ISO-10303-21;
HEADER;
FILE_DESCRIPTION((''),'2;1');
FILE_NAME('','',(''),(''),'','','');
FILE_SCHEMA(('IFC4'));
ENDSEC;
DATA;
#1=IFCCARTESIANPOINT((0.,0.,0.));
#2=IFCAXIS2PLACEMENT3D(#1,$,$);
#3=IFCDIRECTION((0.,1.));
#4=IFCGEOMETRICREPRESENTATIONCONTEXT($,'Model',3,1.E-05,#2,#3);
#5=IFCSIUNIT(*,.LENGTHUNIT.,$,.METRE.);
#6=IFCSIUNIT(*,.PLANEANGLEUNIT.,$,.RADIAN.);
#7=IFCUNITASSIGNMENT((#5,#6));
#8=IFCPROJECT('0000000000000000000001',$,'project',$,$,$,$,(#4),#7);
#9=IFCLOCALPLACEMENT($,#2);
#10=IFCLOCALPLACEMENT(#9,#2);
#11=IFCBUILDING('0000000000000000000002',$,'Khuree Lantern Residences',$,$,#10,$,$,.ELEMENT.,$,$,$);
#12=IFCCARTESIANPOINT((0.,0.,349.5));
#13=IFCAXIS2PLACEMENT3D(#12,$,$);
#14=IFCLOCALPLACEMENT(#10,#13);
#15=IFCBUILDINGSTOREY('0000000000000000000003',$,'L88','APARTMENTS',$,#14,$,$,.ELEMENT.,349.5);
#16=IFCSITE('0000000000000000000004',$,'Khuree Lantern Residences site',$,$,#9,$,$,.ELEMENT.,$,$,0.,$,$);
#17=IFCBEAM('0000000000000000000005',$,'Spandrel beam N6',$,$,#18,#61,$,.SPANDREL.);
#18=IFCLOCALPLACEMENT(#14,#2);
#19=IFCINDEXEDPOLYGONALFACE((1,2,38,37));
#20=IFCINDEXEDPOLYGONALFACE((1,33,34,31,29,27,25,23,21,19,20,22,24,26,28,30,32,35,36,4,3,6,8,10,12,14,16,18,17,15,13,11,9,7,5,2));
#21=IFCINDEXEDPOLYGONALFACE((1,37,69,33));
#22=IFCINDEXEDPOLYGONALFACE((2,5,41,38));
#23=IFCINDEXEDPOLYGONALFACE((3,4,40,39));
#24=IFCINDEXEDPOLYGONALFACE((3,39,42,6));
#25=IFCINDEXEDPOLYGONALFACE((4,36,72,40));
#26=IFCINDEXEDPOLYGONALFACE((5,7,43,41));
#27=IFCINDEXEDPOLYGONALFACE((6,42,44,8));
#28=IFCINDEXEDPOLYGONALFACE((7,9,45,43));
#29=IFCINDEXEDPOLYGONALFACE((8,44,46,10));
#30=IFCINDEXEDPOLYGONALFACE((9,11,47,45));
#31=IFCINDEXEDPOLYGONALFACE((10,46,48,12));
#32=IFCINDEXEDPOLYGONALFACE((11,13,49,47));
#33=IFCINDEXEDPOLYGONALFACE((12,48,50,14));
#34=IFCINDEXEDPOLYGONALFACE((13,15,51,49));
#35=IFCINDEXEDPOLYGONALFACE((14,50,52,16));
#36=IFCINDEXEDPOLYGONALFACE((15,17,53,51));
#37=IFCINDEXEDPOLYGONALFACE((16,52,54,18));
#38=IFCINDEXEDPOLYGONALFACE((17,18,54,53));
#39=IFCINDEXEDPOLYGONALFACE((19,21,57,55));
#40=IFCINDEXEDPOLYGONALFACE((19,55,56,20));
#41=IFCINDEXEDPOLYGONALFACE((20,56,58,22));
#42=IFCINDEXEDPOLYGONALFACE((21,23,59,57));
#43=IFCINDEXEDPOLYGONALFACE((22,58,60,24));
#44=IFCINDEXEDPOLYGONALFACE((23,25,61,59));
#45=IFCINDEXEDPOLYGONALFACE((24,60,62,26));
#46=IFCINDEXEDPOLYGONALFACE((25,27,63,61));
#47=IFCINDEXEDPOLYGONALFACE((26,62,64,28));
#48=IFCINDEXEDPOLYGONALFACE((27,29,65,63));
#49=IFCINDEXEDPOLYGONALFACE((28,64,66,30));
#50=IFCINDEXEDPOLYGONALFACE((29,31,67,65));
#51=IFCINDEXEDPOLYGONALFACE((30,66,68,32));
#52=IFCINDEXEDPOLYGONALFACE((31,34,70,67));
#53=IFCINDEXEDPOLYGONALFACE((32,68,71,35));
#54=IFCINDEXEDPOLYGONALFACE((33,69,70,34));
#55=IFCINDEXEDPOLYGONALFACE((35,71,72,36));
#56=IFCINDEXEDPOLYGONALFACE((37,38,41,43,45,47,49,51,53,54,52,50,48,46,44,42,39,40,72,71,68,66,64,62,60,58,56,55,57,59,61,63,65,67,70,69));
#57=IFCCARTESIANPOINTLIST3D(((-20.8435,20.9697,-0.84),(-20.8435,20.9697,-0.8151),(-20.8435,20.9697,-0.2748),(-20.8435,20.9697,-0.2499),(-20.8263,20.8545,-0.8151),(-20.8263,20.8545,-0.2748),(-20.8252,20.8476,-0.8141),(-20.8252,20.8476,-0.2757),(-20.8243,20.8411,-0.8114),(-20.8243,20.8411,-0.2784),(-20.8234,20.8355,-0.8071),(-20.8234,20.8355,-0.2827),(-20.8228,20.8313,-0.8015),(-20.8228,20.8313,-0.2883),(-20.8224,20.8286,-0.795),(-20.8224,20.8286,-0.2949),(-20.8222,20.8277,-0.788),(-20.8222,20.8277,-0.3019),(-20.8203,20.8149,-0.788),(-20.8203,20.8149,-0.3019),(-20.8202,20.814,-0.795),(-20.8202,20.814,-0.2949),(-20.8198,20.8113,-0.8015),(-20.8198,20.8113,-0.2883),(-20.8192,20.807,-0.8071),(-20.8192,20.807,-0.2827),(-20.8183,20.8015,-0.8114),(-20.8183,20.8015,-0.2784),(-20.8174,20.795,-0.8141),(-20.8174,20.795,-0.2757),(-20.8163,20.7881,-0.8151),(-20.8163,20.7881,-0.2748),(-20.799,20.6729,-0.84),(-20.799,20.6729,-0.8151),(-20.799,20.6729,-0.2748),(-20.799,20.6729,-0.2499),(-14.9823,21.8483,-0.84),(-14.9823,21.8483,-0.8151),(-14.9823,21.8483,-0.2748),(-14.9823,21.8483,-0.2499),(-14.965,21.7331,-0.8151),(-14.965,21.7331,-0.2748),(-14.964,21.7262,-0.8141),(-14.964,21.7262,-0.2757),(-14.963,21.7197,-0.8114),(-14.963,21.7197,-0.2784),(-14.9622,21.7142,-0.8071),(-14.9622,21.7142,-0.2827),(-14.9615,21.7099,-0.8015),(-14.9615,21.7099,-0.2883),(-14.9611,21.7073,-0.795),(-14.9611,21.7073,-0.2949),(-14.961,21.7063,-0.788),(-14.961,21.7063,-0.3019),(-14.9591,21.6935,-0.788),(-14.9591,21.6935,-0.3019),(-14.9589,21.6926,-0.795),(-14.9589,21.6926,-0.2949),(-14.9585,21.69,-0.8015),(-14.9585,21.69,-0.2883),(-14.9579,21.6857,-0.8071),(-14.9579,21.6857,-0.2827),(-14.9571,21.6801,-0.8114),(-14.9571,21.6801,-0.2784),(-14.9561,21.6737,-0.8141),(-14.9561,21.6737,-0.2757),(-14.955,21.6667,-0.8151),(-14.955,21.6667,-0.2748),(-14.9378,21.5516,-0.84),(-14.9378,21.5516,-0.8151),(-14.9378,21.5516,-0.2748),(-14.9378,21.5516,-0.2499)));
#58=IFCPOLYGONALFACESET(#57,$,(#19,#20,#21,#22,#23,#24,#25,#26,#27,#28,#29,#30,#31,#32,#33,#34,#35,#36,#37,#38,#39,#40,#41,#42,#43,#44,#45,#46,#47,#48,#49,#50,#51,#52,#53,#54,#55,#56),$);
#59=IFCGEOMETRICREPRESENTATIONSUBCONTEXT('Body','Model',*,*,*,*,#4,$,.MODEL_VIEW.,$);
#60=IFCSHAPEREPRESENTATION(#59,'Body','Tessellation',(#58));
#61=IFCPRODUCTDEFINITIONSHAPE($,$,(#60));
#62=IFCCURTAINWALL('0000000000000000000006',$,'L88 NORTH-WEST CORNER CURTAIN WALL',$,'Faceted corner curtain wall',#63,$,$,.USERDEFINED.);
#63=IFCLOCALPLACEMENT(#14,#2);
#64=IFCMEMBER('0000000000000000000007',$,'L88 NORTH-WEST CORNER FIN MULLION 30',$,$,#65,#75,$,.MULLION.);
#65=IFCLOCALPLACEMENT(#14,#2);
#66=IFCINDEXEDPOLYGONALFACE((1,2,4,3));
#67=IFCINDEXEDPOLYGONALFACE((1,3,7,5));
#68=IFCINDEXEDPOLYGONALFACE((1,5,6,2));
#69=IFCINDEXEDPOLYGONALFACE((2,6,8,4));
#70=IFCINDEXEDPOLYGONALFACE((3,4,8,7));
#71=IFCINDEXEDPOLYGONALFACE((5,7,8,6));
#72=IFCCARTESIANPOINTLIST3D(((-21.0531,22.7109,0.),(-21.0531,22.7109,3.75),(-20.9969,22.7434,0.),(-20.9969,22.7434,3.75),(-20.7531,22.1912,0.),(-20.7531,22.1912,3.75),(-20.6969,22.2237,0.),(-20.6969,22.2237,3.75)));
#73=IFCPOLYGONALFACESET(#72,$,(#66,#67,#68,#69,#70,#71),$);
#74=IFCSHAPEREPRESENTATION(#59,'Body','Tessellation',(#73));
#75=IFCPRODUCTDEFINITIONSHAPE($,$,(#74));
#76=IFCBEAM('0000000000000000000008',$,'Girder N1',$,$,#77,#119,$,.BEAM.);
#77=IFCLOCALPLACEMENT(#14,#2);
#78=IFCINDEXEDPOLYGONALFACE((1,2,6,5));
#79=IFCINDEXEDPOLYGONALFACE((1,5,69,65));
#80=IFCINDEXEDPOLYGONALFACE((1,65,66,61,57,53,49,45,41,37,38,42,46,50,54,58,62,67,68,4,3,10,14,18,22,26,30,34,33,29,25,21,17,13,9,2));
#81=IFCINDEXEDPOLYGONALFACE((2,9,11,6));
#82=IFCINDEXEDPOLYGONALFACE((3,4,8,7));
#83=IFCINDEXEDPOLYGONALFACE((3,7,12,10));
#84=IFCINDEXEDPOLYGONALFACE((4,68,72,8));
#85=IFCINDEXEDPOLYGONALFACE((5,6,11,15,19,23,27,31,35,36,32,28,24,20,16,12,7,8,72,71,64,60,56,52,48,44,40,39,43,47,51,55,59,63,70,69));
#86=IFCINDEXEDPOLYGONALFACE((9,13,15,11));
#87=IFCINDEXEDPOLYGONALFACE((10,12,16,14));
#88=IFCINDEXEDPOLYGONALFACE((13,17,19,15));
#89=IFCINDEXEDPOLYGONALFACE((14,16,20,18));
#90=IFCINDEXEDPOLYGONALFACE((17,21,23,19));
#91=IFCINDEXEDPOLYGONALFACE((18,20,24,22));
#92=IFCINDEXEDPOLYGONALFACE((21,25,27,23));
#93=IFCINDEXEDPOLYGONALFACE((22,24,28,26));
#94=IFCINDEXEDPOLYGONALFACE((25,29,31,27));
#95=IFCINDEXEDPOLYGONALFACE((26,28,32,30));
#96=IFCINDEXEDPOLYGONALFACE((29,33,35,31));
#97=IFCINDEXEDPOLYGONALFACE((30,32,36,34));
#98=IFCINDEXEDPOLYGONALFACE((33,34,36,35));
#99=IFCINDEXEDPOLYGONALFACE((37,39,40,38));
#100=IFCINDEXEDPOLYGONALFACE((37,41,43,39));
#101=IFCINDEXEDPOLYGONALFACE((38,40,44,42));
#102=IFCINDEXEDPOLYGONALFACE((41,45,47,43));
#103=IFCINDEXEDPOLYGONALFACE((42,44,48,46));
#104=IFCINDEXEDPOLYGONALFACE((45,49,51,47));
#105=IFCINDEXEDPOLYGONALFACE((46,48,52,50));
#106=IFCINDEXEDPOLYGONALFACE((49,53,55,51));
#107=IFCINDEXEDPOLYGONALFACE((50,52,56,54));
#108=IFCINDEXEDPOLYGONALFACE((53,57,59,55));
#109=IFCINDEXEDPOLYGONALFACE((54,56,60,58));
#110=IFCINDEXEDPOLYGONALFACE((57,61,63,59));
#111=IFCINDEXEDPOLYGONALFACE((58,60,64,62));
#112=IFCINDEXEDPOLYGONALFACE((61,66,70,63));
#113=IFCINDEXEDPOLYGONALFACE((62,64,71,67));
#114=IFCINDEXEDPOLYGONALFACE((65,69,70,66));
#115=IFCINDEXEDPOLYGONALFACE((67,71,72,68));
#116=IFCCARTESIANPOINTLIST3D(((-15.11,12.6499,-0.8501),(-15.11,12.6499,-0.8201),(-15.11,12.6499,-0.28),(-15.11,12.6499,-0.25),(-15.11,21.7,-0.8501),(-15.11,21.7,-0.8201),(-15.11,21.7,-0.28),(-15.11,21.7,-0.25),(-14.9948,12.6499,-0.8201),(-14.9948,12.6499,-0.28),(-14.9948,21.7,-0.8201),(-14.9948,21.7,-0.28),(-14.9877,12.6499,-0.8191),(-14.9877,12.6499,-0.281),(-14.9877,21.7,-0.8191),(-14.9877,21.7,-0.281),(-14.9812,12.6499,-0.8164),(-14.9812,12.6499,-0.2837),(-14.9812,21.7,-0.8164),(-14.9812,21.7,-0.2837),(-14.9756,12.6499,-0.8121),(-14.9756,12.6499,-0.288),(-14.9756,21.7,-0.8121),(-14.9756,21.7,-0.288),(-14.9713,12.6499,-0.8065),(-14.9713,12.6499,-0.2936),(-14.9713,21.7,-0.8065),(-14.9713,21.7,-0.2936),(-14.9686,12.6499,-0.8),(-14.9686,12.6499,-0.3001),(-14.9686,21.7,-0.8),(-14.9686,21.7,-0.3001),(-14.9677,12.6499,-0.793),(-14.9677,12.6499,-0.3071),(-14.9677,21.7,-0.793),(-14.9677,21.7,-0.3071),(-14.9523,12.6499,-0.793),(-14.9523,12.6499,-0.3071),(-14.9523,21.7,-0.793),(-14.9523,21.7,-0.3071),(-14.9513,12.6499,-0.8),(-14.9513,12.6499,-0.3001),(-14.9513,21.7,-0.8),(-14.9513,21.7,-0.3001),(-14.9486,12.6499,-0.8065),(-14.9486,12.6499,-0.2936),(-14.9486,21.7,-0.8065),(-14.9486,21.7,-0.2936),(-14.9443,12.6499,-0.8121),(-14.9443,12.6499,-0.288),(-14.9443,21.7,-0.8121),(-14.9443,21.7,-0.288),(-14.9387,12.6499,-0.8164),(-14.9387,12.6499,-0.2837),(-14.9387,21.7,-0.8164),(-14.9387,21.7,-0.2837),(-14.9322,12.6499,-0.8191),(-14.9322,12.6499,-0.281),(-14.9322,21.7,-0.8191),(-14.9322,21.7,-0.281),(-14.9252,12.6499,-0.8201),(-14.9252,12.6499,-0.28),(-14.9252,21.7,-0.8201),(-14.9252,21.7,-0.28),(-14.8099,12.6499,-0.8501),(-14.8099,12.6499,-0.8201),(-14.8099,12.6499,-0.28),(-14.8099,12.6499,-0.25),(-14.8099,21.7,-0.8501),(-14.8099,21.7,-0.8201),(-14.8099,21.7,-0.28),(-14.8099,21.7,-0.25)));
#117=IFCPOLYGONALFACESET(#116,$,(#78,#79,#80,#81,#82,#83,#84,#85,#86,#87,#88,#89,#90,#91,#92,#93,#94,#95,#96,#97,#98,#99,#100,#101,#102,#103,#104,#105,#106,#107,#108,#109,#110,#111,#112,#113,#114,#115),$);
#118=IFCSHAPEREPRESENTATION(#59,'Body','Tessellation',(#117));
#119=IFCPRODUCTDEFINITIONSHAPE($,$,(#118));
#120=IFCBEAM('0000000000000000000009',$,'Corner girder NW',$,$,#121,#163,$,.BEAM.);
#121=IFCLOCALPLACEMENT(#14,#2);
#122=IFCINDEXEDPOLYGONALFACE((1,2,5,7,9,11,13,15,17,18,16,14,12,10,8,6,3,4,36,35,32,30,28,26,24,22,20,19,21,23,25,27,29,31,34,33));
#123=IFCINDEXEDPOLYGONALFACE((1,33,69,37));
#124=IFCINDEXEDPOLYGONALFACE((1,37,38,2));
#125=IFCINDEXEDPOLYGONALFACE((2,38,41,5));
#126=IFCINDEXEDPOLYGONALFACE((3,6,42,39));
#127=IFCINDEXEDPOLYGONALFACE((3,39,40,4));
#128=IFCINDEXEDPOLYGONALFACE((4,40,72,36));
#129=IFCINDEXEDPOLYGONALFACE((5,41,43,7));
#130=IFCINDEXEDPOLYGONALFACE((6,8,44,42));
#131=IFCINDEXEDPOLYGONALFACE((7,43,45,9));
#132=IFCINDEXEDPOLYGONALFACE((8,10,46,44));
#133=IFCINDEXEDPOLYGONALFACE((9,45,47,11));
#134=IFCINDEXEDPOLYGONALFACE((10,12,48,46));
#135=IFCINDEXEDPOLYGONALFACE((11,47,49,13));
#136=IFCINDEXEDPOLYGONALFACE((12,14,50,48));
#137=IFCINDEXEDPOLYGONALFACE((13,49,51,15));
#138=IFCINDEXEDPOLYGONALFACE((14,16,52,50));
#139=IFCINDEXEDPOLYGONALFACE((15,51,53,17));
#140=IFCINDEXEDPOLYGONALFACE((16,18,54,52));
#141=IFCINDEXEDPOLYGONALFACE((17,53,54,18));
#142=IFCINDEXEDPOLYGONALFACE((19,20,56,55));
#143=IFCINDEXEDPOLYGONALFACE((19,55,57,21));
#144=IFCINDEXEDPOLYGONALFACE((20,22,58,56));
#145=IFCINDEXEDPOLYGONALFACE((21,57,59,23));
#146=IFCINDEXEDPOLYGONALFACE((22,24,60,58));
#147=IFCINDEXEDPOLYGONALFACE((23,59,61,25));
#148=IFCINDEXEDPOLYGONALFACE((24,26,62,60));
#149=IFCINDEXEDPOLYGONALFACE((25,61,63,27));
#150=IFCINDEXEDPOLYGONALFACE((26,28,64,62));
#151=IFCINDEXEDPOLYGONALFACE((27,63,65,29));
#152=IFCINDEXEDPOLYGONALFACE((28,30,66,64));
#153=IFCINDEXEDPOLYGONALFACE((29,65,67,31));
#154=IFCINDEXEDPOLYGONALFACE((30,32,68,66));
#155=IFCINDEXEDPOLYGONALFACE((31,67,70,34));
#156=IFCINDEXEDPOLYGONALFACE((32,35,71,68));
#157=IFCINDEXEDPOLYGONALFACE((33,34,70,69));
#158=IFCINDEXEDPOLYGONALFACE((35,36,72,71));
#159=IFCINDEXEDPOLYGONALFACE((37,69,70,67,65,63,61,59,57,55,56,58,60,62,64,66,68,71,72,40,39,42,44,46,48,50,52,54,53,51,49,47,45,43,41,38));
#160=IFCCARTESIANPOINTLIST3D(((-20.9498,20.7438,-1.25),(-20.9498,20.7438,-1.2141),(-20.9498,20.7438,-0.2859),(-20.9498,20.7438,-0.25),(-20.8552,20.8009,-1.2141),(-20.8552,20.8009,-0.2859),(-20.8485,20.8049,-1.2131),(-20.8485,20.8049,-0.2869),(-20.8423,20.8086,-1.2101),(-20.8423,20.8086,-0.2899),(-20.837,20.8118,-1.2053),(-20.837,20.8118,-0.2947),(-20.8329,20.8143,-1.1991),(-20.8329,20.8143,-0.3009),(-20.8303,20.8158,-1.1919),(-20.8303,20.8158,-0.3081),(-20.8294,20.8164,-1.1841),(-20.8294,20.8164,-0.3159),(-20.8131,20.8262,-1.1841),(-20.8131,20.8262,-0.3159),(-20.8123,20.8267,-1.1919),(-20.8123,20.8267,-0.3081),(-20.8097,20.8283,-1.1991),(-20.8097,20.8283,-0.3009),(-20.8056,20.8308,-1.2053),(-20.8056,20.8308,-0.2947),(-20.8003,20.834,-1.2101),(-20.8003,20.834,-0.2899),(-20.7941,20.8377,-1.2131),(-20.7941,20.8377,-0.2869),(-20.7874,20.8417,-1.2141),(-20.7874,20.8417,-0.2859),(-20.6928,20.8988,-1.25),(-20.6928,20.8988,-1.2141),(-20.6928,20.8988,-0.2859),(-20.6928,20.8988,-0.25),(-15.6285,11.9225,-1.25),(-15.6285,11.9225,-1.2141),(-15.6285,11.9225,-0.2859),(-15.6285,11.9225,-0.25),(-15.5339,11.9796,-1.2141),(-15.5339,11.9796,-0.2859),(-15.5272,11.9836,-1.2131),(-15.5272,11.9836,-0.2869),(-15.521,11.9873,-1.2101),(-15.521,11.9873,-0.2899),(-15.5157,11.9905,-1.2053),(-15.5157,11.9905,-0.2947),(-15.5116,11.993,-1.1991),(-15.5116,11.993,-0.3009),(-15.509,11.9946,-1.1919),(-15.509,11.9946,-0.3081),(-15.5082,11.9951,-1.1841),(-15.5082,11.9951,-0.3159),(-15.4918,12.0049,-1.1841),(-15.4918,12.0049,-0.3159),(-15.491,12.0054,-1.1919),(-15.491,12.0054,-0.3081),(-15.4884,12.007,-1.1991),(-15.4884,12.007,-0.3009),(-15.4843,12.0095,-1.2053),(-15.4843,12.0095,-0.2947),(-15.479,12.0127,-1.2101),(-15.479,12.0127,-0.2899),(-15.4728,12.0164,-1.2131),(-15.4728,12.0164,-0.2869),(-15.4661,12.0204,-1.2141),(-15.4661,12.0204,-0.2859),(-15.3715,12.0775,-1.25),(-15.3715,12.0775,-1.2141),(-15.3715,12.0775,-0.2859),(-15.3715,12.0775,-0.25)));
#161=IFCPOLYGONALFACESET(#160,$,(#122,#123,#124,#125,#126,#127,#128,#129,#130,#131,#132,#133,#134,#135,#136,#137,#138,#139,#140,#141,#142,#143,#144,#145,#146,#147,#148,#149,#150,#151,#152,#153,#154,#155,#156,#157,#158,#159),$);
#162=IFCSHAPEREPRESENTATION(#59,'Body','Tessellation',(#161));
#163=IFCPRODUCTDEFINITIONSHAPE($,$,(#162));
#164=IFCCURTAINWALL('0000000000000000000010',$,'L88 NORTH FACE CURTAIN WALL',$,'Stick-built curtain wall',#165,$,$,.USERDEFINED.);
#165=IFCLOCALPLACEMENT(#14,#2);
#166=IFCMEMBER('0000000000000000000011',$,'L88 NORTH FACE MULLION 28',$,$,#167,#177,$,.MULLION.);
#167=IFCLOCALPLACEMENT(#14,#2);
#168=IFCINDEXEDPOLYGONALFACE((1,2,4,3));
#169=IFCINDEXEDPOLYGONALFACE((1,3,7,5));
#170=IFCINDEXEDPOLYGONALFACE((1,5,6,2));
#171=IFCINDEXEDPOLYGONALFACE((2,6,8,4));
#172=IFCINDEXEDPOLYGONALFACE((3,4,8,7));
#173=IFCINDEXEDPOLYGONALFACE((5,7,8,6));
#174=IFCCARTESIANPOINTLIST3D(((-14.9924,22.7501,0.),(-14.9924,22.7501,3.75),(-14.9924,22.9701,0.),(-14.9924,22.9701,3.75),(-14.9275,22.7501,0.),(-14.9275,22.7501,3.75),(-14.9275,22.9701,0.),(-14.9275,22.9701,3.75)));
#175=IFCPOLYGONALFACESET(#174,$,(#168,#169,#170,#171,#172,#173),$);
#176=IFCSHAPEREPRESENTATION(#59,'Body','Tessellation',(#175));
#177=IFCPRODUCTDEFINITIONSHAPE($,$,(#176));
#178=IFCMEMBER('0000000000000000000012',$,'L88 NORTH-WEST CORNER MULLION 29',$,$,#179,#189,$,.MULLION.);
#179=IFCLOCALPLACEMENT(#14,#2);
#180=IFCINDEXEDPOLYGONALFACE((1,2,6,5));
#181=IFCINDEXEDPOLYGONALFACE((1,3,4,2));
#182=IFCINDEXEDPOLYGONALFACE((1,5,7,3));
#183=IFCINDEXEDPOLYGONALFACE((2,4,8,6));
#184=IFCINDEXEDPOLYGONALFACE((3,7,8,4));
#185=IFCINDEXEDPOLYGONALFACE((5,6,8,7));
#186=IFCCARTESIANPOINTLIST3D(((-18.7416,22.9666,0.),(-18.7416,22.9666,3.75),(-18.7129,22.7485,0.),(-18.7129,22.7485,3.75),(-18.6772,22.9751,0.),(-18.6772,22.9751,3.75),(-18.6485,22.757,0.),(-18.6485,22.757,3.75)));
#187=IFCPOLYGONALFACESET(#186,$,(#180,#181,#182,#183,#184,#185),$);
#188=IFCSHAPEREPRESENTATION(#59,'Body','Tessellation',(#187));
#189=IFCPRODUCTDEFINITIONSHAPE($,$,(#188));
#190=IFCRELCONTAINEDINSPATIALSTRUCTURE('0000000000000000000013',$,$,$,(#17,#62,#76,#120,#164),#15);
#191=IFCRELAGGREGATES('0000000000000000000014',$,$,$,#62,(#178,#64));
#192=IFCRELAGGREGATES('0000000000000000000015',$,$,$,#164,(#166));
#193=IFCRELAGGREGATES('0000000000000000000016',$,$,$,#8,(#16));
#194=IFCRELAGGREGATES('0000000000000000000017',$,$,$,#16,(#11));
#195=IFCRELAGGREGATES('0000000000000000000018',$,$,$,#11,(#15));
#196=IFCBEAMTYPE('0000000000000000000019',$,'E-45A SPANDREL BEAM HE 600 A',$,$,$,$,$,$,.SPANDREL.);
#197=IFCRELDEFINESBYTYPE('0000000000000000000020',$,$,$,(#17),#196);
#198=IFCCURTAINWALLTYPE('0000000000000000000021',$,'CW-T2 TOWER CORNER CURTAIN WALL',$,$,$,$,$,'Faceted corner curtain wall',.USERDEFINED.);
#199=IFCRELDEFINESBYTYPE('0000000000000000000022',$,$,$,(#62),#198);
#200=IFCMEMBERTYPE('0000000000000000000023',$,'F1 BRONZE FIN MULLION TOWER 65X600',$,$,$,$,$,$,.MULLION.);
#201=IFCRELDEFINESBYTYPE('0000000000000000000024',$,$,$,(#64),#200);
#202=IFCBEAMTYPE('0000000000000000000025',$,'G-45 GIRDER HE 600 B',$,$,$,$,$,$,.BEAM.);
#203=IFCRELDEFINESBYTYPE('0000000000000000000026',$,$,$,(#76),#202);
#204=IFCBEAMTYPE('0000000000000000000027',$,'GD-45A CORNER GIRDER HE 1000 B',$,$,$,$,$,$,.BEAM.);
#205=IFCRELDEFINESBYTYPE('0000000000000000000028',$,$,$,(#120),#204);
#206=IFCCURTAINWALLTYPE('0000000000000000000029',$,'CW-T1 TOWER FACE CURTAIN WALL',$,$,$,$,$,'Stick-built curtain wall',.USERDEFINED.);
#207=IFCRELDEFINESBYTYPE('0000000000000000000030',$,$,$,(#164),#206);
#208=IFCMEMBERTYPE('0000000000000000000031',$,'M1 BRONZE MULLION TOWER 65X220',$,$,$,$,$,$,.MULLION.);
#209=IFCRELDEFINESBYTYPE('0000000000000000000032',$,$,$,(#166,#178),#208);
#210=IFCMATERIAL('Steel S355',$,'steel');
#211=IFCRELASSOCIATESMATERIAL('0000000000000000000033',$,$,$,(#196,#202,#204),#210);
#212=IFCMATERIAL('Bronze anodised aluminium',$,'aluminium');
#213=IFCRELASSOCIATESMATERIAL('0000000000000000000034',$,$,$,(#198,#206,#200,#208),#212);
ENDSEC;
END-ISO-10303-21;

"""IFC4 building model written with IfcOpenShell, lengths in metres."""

from ifc_helpers import new_model, si_unit, direction, frame, origin, origin_2d, place, context, subcontext, project, spatial, rectangle, i_section, extrude, material, material_profile, profile_set, type_object, element, aggregate, save


model = new_model("IFC4")

# Units and contexts
model_context = context("Model", 3, precision=1e-05, world=origin(), true_north=direction((0.0, 1.0)))
body_context = subcontext(model_context, "Body", "Model", "MODEL_VIEW")
ifc_project = project(units=[si_unit("LENGTHUNIT", "METRE"), si_unit("PLANEANGLEUNIT", "RADIAN")], contexts=[model_context])

# Site, building, storey
site_placement = place(None, origin())
site = spatial("IfcSite", under=ifc_project, at=site_placement, Name="Khuree Lantern Residences site", CompositionType="ELEMENT", RefElevation=0.0)
building_placement = place(site_placement, origin())
building = spatial("IfcBuilding", under=site, at=building_placement, Name="Khuree Lantern Residences", CompositionType="ELEMENT")
storey_placement = place(building_placement, frame((0.0, 0.0, 349.5)))
storey = spatial("IfcBuildingStorey", under=building, at=storey_placement, Name="L88", Description="APARTMENTS", CompositionType="ELEMENT", Elevation=349.5)

# Beam
ifc_material_1 = material(Name="Steel S355", Category="steel")
ifc_material_profile_1 = material_profile(ifc_material_1, i_section(OverallWidth=0.3, OverallDepth=0.5901, WebThickness=0.0129, FlangeThickness=0.0249, FilletRadius=0.0271, at=origin_2d()), Name="HE 600 A")
ifc_profile_set_1 = profile_set([ifc_material_profile_1], Name="Steel S355")
beam_type_1 = type_object("IfcBeamType", Name="E-45A SPANDREL BEAM HE 600 A", PredefinedType="SPANDREL", material=ifc_profile_set_1)
beam_1_placement = place(storey_placement, frame((-20.8213, 20.8213, -0.5449), z_axis=(0.98895, 0.148252, 0.0), x_axis=(-0.148252, 0.98895, 0.0)))
element("IfcBeam", 1, at=beam_1_placement, inside=storey, type_object=beam_type_1, Name="Spandrel beam N6", PredefinedType="SPANDREL", context=body_context, shape_type="SweptSolid", body=[
    extrude(i_section(OverallWidth=0.3, OverallDepth=0.5901, WebThickness=0.0129, FlangeThickness=0.0249, FilletRadius=0.0271, at=origin_2d()), origin(), (0.0, 0.0, 1.0), 5.9268),
])

# Curtain wall, member
ifc_material_2 = material(Name="Bronze anodised aluminium", Category="aluminium")
curtain_wall_type_1 = type_object("IfcCurtainWallType", Name="CW-T2 TOWER CORNER CURTAIN WALL", ElementType="Faceted corner curtain wall", PredefinedType="USERDEFINED", material=ifc_material_2)
curtain_wall_1_placement = place(storey_placement, origin())
curtain_wall_1 = element("IfcCurtainWall", 2, at=curtain_wall_1_placement, inside=storey, type_object=curtain_wall_type_1, Name="L88 NORTH-WEST CORNER CURTAIN WALL", ObjectType="Faceted corner curtain wall", PredefinedType="USERDEFINED")
ifc_material_profile_2 = material_profile(ifc_material_2, rectangle(XDim=0.0649, YDim=0.6001, at=origin_2d()), Name="F1 65X600")
ifc_profile_set_2 = profile_set([ifc_material_profile_2], Name="Bronze anodised aluminium")
member_type_1 = type_object("IfcMemberType", Name="F1 BRONZE FIN MULLION TOWER 65X600", PredefinedType="MULLION", material=ifc_profile_set_2)
member_1_placement = place(storey_placement, frame((-20.875, 22.4673, 0.0), z_axis=(0.0, 0.0, 1.0), x_axis=(-0.866025, -0.5, 0.0)))
member_1 = element("IfcMember", 3, at=member_1_placement, type_object=member_type_1, Name="L88 NORTH-WEST CORNER FIN MULLION 30", PredefinedType="MULLION", context=body_context, shape_type="SweptSolid", body=[
    extrude(rectangle(XDim=0.0649, YDim=0.6001, at=origin_2d()), origin(), (0.0, 0.0, 1.0), 3.75),
])

# Beams
ifc_material_profile_3 = material_profile(ifc_material_1, i_section(OverallWidth=0.3, OverallDepth=0.6001, WebThickness=0.0154, FlangeThickness=0.03, FilletRadius=0.0271, at=origin_2d()), Name="HE 600 B")
ifc_profile_set_3 = profile_set([ifc_material_profile_3], Name="Steel S355")
beam_type_2 = type_object("IfcBeamType", Name="G-45 GIRDER HE 600 B", PredefinedType="BEAM", material=ifc_profile_set_3)
beam_2_placement = place(storey_placement, frame((-14.96, 21.7, -0.55), z_axis=(0.0, -1.0, 0.0), x_axis=(1.0, 0.0, 0.0)))
element("IfcBeam", 4, at=beam_2_placement, inside=storey, type_object=beam_type_2, Name="Girder N1", PredefinedType="BEAM", context=body_context, shape_type="SweptSolid", body=[
    extrude(i_section(OverallWidth=0.3, OverallDepth=0.6001, WebThickness=0.0154, FlangeThickness=0.03, FilletRadius=0.0271, at=origin_2d()), origin(), (0.0, 0.0, 1.0), 9.05),
])
ifc_material_profile_4 = material_profile(ifc_material_1, i_section(OverallWidth=0.3, OverallDepth=1.0, WebThickness=0.019, FlangeThickness=0.0359, FilletRadius=0.03, at=origin_2d()), Name="HE 1000 B")
ifc_profile_set_4 = profile_set([ifc_material_profile_4], Name="Steel S355")
beam_type_3 = type_object("IfcBeamType", Name="GD-45A CORNER GIRDER HE 1000 B", PredefinedType="BEAM", material=ifc_profile_set_4)
beam_3_placement = place(storey_placement, frame((-20.8213, 20.8213, -0.75), z_axis=(0.51653, -0.856269, 0.0), x_axis=(0.856269, 0.51653, 0.0)))
element("IfcBeam", 5, at=beam_3_placement, inside=storey, type_object=beam_type_3, Name="Corner girder NW", PredefinedType="BEAM", context=body_context, shape_type="SweptSolid", body=[
    extrude(i_section(OverallWidth=0.3, OverallDepth=1.0, WebThickness=0.019, FlangeThickness=0.0359, FilletRadius=0.03, at=origin_2d()), origin(), (0.0, 0.0, 1.0), 10.302),
])

# Curtain wall, member
curtain_wall_type_2 = type_object("IfcCurtainWallType", Name="CW-T1 TOWER FACE CURTAIN WALL", ElementType="Stick-built curtain wall", PredefinedType="USERDEFINED", material=ifc_material_2)
curtain_wall_2_placement = place(storey_placement, origin())
curtain_wall_2 = element("IfcCurtainWall", 6, at=curtain_wall_2_placement, inside=storey, type_object=curtain_wall_type_2, Name="L88 NORTH FACE CURTAIN WALL", ObjectType="Stick-built curtain wall", PredefinedType="USERDEFINED")
ifc_material_profile_5 = material_profile(ifc_material_2, rectangle(XDim=0.0649, YDim=0.22, at=origin_2d()), Name="M1 65X220")
ifc_profile_set_5 = profile_set([ifc_material_profile_5], Name="Bronze anodised aluminium")
member_type_2 = type_object("IfcMemberType", Name="M1 BRONZE MULLION TOWER 65X220", PredefinedType="MULLION", material=ifc_profile_set_5)
member_2_placement = place(storey_placement, frame((-14.96, 22.8601, 0.0), z_axis=(0.0, 0.0, 1.0), x_axis=(-1.0, 0.0, 0.0)))
member_2 = element("IfcMember", 7, at=member_2_placement, type_object=member_type_2, Name="L88 NORTH FACE MULLION 28", PredefinedType="MULLION", context=body_context, shape_type="SweptSolid", body=[
    extrude(rectangle(XDim=0.0649, YDim=0.22, at=origin_2d()), origin(), (0.0, 0.0, 1.0), 3.75),
])

# Member
member_3_placement = place(storey_placement, frame((-18.6951, 22.8618, 0.0), z_axis=(0.0, 0.0, 1.0), x_axis=(-0.991445, -0.130526, 0.0)))
member_3 = element("IfcMember", 8, at=member_3_placement, type_object=member_type_2, Name="L88 NORTH-WEST CORNER MULLION 29", PredefinedType="MULLION", context=body_context, shape_type="SweptSolid", body=[
    extrude(rectangle(XDim=0.0649, YDim=0.22, at=origin_2d()), origin(), (0.0, 0.0, 1.0), 3.75),
])

aggregate(curtain_wall_1, [member_3, member_1])
aggregate(curtain_wall_2, [member_2])

save(model, "model.ifc")
